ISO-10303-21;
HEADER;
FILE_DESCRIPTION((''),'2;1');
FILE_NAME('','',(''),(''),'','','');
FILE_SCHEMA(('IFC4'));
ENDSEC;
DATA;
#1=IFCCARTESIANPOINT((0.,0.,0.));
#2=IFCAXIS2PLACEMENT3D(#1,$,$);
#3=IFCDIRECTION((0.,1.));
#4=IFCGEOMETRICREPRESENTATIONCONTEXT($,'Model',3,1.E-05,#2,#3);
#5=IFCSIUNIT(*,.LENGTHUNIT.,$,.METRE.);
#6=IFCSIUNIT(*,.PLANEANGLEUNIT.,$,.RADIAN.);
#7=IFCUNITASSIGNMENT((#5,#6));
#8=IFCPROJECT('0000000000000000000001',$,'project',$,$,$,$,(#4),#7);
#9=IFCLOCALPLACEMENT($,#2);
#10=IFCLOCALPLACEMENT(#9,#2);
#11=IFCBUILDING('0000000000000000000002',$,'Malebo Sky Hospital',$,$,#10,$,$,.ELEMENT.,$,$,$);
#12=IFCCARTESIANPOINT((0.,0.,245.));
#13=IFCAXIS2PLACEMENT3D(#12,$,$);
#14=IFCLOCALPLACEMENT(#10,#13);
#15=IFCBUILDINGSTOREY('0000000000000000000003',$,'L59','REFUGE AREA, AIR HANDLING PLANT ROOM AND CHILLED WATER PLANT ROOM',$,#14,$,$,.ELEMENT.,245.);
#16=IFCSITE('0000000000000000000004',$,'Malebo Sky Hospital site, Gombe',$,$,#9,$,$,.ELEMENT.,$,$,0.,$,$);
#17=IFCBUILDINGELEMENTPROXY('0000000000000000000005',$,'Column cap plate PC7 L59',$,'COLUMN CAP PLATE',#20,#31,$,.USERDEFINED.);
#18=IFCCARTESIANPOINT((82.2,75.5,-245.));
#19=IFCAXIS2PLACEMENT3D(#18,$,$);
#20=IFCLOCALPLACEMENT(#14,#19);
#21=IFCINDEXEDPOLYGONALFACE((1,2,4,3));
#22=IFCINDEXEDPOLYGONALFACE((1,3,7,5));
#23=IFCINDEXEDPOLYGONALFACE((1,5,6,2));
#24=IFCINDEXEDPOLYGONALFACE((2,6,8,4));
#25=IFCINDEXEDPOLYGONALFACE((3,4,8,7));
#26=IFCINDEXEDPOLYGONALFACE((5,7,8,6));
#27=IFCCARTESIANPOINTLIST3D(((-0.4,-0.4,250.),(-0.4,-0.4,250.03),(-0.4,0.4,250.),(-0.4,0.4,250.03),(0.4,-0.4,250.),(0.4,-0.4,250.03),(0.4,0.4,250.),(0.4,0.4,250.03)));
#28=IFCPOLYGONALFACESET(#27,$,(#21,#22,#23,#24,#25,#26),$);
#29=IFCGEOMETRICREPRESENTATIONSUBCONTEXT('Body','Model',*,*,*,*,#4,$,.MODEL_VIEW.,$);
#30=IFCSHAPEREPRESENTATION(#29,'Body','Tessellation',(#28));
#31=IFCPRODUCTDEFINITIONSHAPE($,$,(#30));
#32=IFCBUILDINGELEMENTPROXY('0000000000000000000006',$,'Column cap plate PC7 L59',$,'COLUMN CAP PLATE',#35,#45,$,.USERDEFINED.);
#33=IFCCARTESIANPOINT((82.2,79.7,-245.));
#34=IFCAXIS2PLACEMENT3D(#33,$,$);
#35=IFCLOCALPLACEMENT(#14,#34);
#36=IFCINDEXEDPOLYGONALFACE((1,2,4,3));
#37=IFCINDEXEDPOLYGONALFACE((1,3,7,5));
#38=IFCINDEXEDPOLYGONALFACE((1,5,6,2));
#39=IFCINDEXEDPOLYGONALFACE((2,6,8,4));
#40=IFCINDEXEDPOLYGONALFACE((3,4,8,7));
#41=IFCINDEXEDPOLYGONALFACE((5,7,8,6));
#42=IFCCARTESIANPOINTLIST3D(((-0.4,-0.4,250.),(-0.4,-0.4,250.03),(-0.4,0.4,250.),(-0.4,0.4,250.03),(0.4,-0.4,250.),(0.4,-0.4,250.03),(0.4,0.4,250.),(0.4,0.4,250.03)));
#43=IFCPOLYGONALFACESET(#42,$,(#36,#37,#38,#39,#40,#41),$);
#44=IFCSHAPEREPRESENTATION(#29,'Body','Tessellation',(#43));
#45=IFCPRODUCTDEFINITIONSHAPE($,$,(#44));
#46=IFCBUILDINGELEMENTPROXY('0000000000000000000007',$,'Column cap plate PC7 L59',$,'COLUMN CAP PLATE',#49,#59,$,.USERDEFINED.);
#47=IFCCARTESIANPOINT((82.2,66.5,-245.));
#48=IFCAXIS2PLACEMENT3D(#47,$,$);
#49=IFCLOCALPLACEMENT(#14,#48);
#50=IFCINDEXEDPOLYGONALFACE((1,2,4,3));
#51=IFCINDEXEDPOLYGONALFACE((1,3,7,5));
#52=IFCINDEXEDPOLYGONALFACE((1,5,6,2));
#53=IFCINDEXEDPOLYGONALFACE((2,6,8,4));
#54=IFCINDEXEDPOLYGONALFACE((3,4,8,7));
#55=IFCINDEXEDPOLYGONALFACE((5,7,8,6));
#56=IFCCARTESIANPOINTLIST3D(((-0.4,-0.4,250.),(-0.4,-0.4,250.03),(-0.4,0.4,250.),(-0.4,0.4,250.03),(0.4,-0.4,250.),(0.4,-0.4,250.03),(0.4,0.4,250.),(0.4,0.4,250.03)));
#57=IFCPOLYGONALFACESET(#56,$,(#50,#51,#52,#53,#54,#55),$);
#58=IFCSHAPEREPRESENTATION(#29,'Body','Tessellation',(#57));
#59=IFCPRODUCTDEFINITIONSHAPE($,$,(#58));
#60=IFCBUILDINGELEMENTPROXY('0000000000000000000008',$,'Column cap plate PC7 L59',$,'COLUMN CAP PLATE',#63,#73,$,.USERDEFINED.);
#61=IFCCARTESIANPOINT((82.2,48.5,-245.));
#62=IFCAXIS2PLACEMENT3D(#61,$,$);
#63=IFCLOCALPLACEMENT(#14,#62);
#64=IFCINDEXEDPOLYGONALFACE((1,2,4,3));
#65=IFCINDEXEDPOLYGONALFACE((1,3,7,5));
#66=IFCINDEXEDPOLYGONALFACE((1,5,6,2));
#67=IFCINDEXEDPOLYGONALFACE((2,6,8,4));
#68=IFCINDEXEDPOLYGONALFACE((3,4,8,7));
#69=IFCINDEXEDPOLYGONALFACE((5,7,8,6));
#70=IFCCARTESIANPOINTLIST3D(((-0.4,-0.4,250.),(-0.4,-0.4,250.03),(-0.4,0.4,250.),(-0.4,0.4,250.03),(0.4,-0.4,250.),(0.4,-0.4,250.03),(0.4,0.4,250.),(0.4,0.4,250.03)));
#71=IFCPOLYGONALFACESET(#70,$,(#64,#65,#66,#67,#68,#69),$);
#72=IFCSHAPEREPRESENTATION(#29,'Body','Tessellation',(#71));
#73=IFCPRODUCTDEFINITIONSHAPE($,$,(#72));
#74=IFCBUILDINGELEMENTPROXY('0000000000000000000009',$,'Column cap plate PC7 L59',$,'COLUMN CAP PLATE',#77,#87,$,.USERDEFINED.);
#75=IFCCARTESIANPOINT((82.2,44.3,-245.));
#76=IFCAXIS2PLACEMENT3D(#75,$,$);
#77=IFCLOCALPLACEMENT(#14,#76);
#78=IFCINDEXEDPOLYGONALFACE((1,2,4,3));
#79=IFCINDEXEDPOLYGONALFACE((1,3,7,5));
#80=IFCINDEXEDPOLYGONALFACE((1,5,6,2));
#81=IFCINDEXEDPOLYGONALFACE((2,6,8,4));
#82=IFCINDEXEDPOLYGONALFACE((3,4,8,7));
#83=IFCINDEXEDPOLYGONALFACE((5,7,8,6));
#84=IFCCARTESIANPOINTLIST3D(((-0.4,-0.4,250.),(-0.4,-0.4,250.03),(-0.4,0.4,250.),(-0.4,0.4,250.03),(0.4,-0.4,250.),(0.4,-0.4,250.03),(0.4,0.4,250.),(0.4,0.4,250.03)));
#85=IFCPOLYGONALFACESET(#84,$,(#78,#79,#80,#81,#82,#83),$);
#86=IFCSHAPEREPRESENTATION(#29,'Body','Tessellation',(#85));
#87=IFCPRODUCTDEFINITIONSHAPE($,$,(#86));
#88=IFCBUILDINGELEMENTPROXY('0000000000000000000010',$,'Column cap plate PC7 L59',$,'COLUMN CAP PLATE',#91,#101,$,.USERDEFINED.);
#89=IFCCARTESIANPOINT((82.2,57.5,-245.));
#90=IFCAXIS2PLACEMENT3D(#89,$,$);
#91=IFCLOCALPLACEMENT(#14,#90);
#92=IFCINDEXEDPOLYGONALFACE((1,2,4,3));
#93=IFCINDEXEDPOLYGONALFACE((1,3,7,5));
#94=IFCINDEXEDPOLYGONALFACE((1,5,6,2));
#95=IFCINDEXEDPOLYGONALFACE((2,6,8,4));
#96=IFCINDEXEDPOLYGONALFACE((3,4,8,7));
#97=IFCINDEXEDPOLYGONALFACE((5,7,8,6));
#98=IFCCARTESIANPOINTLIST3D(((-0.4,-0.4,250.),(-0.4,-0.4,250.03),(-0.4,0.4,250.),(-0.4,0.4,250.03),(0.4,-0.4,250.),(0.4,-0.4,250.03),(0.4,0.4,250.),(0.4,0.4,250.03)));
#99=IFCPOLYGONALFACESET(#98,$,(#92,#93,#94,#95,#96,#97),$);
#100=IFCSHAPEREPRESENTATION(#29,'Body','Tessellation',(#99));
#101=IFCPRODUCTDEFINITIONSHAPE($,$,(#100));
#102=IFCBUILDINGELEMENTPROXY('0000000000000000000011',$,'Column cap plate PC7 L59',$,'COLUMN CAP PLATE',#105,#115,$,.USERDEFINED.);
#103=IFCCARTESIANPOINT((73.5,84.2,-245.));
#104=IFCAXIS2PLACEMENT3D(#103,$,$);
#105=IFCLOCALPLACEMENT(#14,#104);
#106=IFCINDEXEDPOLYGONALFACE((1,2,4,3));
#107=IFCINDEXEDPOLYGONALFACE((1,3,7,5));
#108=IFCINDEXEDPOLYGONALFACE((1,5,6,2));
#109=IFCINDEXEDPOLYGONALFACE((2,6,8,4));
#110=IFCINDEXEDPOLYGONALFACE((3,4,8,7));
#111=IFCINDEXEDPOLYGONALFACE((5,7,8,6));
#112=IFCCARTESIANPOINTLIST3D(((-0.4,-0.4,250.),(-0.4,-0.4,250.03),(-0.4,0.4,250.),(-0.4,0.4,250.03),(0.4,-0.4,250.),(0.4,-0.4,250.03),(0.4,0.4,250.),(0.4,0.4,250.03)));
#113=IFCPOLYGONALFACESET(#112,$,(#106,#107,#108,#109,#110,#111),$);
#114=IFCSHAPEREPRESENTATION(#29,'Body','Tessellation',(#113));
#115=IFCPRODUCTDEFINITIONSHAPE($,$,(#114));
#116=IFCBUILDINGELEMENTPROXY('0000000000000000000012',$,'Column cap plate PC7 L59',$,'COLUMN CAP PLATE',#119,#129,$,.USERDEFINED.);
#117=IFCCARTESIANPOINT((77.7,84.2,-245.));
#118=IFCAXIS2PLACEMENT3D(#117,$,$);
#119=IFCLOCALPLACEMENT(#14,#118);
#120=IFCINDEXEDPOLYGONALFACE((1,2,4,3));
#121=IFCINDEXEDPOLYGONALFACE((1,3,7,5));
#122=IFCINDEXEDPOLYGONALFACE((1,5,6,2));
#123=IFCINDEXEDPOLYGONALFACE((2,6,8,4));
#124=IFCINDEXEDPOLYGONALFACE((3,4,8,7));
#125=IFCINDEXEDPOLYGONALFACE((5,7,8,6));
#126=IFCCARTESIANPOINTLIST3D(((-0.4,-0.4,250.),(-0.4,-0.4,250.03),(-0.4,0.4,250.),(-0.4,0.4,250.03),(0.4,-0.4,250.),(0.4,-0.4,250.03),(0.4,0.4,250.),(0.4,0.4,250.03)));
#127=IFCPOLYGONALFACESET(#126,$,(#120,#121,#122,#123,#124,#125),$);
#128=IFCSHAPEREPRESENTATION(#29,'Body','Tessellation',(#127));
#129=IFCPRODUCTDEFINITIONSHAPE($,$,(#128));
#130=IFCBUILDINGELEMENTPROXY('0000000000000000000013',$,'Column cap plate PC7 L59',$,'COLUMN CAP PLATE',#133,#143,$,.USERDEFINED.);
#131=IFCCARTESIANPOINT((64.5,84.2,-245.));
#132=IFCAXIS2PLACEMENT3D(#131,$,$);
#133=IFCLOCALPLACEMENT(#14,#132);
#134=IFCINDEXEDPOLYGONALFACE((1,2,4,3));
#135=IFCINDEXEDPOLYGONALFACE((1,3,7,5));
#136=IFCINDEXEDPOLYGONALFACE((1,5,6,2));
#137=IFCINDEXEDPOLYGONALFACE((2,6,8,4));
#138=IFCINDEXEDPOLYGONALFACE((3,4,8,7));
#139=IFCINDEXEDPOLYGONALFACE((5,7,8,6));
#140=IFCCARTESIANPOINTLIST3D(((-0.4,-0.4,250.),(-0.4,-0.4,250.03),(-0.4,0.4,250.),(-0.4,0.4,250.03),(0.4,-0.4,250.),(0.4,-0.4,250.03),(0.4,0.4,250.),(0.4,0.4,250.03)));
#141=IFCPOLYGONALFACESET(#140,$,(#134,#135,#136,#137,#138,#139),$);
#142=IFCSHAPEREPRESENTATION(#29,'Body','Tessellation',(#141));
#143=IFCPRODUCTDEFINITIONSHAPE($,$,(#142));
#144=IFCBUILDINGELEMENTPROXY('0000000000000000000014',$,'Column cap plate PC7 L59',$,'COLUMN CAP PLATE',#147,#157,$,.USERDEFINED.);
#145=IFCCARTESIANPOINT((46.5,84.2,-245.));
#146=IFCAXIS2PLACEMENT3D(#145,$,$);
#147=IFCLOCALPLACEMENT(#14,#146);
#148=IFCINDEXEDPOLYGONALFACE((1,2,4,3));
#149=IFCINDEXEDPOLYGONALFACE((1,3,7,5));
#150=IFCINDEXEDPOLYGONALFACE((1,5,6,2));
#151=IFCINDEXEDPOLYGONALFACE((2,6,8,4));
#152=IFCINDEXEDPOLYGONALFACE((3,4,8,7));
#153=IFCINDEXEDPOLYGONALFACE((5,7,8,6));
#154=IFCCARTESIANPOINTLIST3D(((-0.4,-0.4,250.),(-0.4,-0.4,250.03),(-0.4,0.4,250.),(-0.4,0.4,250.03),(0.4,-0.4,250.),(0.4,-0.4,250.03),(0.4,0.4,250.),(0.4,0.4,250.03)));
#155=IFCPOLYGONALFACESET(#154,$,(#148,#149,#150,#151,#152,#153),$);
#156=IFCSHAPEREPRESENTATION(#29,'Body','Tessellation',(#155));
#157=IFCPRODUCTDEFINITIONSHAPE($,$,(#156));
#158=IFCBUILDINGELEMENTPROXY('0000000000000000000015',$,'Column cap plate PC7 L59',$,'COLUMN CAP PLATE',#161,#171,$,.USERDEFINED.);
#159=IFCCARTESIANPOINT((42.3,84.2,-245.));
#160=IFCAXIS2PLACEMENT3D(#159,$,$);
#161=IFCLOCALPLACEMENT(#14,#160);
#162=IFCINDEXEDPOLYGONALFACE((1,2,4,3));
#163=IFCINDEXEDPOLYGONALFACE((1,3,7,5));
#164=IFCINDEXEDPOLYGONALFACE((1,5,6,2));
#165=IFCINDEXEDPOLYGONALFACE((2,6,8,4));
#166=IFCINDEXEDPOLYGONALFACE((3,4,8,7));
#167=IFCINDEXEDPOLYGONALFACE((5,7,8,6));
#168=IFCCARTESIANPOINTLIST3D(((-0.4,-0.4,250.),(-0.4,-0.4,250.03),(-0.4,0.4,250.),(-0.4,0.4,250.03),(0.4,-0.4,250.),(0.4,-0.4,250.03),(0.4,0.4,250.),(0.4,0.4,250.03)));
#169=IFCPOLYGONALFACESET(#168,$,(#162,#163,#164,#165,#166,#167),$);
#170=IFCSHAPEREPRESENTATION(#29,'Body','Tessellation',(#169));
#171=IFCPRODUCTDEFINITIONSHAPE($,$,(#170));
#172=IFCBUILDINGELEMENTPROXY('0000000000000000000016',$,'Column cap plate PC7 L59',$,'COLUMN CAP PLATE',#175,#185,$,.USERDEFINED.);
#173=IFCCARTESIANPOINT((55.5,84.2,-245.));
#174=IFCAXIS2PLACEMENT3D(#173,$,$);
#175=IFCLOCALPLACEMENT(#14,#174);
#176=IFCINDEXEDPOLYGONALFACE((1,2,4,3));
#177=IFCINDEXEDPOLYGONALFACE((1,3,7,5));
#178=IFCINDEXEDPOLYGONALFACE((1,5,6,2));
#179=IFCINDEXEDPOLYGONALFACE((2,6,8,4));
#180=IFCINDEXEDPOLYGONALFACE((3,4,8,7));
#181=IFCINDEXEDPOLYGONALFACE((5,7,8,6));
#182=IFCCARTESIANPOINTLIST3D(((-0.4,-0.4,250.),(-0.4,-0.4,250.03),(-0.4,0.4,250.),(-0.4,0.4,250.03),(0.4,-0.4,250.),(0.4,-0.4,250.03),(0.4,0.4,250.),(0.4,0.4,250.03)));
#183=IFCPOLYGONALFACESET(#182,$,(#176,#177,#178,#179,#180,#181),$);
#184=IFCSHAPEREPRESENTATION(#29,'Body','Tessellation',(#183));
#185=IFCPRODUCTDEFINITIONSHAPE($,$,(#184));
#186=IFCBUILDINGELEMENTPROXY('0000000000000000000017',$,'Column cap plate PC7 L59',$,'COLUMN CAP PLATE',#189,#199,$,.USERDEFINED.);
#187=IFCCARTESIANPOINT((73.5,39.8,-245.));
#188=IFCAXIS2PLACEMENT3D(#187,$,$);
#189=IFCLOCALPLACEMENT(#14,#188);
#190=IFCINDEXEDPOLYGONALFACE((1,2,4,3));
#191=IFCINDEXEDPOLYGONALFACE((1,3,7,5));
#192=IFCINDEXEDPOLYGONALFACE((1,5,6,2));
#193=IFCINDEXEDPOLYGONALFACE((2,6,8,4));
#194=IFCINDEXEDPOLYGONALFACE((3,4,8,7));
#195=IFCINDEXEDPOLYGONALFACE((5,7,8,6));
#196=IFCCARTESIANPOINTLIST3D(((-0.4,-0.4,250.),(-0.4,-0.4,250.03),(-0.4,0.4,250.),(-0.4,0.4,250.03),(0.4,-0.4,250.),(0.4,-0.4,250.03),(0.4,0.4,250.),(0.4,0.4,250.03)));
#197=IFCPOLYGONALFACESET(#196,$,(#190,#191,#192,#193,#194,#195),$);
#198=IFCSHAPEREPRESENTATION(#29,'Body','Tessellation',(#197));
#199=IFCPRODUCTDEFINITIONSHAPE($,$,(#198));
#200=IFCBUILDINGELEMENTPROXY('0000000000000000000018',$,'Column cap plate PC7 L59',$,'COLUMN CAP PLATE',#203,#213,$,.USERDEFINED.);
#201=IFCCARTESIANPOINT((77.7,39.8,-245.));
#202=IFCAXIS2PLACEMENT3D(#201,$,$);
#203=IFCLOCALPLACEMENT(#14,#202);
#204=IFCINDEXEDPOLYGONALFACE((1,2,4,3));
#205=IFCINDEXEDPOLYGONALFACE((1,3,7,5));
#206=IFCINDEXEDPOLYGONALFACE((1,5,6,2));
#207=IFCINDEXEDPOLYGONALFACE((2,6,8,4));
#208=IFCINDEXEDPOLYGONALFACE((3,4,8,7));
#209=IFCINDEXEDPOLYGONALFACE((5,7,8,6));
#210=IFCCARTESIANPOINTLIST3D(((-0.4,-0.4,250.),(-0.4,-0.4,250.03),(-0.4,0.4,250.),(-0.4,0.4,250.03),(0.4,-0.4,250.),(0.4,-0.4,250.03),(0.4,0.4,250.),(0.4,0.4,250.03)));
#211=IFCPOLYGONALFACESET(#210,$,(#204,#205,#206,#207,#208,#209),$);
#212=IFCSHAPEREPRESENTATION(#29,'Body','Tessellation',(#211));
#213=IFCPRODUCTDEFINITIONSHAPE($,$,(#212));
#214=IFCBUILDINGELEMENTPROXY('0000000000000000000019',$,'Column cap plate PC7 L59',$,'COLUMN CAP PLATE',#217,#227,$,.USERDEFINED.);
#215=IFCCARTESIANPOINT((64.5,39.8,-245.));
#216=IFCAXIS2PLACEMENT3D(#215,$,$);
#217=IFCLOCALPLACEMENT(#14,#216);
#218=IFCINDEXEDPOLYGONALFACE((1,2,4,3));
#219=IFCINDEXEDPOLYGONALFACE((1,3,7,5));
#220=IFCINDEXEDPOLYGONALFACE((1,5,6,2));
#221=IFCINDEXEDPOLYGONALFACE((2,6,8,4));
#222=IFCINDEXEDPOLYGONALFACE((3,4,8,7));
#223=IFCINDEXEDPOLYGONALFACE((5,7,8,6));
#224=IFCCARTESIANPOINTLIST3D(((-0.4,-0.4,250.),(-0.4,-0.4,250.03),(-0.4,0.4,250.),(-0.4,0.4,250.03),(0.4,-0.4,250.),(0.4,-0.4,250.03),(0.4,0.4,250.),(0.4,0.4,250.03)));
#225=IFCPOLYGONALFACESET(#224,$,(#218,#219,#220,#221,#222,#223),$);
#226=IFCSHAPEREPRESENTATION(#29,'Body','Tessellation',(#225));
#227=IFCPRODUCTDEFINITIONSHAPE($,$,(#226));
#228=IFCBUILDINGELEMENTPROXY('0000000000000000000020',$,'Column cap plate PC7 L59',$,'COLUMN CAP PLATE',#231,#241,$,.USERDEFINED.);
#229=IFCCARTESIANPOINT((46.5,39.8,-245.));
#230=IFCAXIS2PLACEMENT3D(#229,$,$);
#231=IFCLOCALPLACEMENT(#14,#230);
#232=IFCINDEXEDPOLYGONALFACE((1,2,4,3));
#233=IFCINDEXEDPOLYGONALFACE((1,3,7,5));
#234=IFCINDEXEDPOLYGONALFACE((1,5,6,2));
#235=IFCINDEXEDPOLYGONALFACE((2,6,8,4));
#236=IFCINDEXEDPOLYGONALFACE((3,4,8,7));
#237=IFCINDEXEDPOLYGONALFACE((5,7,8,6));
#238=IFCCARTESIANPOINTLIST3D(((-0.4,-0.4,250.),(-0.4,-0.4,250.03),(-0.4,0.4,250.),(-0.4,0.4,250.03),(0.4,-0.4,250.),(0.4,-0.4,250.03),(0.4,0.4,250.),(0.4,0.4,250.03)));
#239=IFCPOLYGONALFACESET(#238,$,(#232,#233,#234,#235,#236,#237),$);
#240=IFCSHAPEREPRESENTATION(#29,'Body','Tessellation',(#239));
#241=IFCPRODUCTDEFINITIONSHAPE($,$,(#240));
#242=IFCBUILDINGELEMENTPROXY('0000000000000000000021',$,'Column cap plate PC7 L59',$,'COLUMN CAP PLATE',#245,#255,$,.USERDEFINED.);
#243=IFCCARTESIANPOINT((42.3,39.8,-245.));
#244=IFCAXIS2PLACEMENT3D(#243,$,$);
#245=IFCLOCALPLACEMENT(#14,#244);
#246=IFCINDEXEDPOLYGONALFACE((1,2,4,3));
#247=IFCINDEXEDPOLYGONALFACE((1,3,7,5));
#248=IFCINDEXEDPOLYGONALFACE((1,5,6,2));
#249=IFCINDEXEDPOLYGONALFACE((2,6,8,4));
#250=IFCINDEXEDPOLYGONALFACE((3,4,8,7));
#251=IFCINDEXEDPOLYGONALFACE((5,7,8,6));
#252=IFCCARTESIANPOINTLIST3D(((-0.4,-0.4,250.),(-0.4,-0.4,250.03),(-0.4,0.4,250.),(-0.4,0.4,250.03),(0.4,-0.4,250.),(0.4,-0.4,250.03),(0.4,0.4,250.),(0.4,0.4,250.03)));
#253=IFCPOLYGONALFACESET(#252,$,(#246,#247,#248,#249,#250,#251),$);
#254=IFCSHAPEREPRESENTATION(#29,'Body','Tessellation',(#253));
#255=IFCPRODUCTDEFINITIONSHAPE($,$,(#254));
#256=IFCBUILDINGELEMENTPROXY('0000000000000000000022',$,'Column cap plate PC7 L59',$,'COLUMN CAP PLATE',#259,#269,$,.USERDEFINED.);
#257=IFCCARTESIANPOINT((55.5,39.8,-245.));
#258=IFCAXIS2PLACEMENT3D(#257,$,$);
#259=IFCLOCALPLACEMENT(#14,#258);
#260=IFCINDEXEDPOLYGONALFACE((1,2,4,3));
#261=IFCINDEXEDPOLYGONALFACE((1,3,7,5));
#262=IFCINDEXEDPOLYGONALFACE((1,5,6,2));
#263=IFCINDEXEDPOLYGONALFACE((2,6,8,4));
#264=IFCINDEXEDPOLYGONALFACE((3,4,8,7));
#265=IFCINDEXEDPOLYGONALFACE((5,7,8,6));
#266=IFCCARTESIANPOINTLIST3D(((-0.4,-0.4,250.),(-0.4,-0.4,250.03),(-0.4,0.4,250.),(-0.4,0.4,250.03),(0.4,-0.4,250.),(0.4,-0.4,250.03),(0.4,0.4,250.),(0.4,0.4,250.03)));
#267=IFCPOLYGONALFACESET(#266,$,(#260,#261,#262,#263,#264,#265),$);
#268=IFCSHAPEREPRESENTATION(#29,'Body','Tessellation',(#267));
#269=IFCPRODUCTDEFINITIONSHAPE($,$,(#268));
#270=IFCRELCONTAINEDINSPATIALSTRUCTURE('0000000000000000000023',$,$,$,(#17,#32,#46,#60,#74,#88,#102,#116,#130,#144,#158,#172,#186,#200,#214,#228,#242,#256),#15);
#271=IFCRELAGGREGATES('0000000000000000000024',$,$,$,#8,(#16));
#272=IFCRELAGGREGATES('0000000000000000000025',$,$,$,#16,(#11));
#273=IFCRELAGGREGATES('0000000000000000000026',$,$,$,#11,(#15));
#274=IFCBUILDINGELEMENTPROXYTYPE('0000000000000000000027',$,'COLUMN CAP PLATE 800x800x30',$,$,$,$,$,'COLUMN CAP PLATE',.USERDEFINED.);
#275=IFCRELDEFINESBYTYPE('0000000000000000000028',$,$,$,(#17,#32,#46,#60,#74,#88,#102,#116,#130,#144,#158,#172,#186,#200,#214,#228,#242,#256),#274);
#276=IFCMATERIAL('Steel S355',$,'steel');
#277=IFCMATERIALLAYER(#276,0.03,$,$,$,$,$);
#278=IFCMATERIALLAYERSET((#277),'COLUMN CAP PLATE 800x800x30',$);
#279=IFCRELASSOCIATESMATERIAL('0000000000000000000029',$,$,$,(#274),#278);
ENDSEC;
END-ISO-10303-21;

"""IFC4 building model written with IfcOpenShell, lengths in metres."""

from ifc_helpers import new_model, si_unit, direction, frame, origin, origin_2d, place, context, subcontext, project, spatial, rectangle, extrude, material, layer, layer_set, type_object, element, save


model = new_model("IFC4")

# Units and contexts
model_context = context("Model", 3, precision=1e-05, world=origin(), true_north=direction((0.0, 1.0)))
body_context = subcontext(model_context, "Body", "Model", "MODEL_VIEW")
ifc_project = project(units=[si_unit("LENGTHUNIT", "METRE"), si_unit("PLANEANGLEUNIT", "RADIAN")], contexts=[model_context])

# Site, building, storey
site_placement = place(None, origin())
site = spatial("IfcSite", under=ifc_project, at=site_placement, Name="Malebo Sky Hospital site, Gombe", CompositionType="ELEMENT", RefElevation=0.0)
building_placement = place(site_placement, origin())
building = spatial("IfcBuilding", under=site, at=building_placement, Name="Malebo Sky Hospital", CompositionType="ELEMENT")
storey_placement = place(building_placement, frame((0.0, 0.0, 245.0)))
storey = spatial("IfcBuildingStorey", under=building, at=storey_placement, Name="L59", Description="REFUGE AREA, AIR HANDLING PLANT ROOM AND CHILLED WATER PLANT ROOM", CompositionType="ELEMENT", Elevation=245.0)

# Shared definitions
ifc_material = material(Name="Steel S355", Category="steel")

# Building element proxies
ifc_layer = layer(ifc_material, 0.03)
ifc_layer_set = layer_set([ifc_layer], Name="COLUMN CAP PLATE 800x800x30")
building_element_proxy_type = type_object("IfcBuildingElementProxyType", Name="COLUMN CAP PLATE 800x800x30", ElementType="COLUMN CAP PLATE", PredefinedType="USERDEFINED", material=ifc_layer_set)
for number, where, name in (
    (1, (82.2, 75.5, -245.0), "Column cap plate PC7 L59"),
    (2, (82.2, 79.7, -245.0), "Column cap plate PC7 L59"),
    (3, (82.2, 66.5, -245.0), "Column cap plate PC7 L59"),
    (4, (82.2, 48.5, -245.0), "Column cap plate PC7 L59"),
    (5, (82.2, 44.3, -245.0), "Column cap plate PC7 L59"),
    (6, (82.2, 57.5, -245.0), "Column cap plate PC7 L59"),
    (7, (73.5, 84.2, -245.0), "Column cap plate PC7 L59"),
    (8, (77.7, 84.2, -245.0), "Column cap plate PC7 L59"),
    (9, (64.5, 84.2, -245.0), "Column cap plate PC7 L59"),
    (10, (46.5, 84.2, -245.0), "Column cap plate PC7 L59"),
    (11, (42.3, 84.2, -245.0), "Column cap plate PC7 L59"),
    (12, (55.5, 84.2, -245.0), "Column cap plate PC7 L59"),
    (13, (73.5, 39.8, -245.0), "Column cap plate PC7 L59"),
    (14, (77.7, 39.8, -245.0), "Column cap plate PC7 L59"),
    (15, (64.5, 39.8, -245.0), "Column cap plate PC7 L59"),
    (16, (46.5, 39.8, -245.0), "Column cap plate PC7 L59"),
    (17, (42.3, 39.8, -245.0), "Column cap plate PC7 L59"),
    (18, (55.5, 39.8, -245.0), "Column cap plate PC7 L59"),
):
    element("IfcBuildingElementProxy", number, at=place(storey_placement, frame(where)), inside=storey, type_object=building_element_proxy_type, Name=name, ObjectType="COLUMN CAP PLATE", PredefinedType="USERDEFINED", context=body_context, shape_type="SweptSolid", body=[
        extrude(rectangle(XDim=0.8, YDim=0.8, at=origin_2d()), frame((0.0, 0.0, 250.0)), (0.0, 0.0, 1.0), 0.03),
    ])

save(model, "model.ifc")
